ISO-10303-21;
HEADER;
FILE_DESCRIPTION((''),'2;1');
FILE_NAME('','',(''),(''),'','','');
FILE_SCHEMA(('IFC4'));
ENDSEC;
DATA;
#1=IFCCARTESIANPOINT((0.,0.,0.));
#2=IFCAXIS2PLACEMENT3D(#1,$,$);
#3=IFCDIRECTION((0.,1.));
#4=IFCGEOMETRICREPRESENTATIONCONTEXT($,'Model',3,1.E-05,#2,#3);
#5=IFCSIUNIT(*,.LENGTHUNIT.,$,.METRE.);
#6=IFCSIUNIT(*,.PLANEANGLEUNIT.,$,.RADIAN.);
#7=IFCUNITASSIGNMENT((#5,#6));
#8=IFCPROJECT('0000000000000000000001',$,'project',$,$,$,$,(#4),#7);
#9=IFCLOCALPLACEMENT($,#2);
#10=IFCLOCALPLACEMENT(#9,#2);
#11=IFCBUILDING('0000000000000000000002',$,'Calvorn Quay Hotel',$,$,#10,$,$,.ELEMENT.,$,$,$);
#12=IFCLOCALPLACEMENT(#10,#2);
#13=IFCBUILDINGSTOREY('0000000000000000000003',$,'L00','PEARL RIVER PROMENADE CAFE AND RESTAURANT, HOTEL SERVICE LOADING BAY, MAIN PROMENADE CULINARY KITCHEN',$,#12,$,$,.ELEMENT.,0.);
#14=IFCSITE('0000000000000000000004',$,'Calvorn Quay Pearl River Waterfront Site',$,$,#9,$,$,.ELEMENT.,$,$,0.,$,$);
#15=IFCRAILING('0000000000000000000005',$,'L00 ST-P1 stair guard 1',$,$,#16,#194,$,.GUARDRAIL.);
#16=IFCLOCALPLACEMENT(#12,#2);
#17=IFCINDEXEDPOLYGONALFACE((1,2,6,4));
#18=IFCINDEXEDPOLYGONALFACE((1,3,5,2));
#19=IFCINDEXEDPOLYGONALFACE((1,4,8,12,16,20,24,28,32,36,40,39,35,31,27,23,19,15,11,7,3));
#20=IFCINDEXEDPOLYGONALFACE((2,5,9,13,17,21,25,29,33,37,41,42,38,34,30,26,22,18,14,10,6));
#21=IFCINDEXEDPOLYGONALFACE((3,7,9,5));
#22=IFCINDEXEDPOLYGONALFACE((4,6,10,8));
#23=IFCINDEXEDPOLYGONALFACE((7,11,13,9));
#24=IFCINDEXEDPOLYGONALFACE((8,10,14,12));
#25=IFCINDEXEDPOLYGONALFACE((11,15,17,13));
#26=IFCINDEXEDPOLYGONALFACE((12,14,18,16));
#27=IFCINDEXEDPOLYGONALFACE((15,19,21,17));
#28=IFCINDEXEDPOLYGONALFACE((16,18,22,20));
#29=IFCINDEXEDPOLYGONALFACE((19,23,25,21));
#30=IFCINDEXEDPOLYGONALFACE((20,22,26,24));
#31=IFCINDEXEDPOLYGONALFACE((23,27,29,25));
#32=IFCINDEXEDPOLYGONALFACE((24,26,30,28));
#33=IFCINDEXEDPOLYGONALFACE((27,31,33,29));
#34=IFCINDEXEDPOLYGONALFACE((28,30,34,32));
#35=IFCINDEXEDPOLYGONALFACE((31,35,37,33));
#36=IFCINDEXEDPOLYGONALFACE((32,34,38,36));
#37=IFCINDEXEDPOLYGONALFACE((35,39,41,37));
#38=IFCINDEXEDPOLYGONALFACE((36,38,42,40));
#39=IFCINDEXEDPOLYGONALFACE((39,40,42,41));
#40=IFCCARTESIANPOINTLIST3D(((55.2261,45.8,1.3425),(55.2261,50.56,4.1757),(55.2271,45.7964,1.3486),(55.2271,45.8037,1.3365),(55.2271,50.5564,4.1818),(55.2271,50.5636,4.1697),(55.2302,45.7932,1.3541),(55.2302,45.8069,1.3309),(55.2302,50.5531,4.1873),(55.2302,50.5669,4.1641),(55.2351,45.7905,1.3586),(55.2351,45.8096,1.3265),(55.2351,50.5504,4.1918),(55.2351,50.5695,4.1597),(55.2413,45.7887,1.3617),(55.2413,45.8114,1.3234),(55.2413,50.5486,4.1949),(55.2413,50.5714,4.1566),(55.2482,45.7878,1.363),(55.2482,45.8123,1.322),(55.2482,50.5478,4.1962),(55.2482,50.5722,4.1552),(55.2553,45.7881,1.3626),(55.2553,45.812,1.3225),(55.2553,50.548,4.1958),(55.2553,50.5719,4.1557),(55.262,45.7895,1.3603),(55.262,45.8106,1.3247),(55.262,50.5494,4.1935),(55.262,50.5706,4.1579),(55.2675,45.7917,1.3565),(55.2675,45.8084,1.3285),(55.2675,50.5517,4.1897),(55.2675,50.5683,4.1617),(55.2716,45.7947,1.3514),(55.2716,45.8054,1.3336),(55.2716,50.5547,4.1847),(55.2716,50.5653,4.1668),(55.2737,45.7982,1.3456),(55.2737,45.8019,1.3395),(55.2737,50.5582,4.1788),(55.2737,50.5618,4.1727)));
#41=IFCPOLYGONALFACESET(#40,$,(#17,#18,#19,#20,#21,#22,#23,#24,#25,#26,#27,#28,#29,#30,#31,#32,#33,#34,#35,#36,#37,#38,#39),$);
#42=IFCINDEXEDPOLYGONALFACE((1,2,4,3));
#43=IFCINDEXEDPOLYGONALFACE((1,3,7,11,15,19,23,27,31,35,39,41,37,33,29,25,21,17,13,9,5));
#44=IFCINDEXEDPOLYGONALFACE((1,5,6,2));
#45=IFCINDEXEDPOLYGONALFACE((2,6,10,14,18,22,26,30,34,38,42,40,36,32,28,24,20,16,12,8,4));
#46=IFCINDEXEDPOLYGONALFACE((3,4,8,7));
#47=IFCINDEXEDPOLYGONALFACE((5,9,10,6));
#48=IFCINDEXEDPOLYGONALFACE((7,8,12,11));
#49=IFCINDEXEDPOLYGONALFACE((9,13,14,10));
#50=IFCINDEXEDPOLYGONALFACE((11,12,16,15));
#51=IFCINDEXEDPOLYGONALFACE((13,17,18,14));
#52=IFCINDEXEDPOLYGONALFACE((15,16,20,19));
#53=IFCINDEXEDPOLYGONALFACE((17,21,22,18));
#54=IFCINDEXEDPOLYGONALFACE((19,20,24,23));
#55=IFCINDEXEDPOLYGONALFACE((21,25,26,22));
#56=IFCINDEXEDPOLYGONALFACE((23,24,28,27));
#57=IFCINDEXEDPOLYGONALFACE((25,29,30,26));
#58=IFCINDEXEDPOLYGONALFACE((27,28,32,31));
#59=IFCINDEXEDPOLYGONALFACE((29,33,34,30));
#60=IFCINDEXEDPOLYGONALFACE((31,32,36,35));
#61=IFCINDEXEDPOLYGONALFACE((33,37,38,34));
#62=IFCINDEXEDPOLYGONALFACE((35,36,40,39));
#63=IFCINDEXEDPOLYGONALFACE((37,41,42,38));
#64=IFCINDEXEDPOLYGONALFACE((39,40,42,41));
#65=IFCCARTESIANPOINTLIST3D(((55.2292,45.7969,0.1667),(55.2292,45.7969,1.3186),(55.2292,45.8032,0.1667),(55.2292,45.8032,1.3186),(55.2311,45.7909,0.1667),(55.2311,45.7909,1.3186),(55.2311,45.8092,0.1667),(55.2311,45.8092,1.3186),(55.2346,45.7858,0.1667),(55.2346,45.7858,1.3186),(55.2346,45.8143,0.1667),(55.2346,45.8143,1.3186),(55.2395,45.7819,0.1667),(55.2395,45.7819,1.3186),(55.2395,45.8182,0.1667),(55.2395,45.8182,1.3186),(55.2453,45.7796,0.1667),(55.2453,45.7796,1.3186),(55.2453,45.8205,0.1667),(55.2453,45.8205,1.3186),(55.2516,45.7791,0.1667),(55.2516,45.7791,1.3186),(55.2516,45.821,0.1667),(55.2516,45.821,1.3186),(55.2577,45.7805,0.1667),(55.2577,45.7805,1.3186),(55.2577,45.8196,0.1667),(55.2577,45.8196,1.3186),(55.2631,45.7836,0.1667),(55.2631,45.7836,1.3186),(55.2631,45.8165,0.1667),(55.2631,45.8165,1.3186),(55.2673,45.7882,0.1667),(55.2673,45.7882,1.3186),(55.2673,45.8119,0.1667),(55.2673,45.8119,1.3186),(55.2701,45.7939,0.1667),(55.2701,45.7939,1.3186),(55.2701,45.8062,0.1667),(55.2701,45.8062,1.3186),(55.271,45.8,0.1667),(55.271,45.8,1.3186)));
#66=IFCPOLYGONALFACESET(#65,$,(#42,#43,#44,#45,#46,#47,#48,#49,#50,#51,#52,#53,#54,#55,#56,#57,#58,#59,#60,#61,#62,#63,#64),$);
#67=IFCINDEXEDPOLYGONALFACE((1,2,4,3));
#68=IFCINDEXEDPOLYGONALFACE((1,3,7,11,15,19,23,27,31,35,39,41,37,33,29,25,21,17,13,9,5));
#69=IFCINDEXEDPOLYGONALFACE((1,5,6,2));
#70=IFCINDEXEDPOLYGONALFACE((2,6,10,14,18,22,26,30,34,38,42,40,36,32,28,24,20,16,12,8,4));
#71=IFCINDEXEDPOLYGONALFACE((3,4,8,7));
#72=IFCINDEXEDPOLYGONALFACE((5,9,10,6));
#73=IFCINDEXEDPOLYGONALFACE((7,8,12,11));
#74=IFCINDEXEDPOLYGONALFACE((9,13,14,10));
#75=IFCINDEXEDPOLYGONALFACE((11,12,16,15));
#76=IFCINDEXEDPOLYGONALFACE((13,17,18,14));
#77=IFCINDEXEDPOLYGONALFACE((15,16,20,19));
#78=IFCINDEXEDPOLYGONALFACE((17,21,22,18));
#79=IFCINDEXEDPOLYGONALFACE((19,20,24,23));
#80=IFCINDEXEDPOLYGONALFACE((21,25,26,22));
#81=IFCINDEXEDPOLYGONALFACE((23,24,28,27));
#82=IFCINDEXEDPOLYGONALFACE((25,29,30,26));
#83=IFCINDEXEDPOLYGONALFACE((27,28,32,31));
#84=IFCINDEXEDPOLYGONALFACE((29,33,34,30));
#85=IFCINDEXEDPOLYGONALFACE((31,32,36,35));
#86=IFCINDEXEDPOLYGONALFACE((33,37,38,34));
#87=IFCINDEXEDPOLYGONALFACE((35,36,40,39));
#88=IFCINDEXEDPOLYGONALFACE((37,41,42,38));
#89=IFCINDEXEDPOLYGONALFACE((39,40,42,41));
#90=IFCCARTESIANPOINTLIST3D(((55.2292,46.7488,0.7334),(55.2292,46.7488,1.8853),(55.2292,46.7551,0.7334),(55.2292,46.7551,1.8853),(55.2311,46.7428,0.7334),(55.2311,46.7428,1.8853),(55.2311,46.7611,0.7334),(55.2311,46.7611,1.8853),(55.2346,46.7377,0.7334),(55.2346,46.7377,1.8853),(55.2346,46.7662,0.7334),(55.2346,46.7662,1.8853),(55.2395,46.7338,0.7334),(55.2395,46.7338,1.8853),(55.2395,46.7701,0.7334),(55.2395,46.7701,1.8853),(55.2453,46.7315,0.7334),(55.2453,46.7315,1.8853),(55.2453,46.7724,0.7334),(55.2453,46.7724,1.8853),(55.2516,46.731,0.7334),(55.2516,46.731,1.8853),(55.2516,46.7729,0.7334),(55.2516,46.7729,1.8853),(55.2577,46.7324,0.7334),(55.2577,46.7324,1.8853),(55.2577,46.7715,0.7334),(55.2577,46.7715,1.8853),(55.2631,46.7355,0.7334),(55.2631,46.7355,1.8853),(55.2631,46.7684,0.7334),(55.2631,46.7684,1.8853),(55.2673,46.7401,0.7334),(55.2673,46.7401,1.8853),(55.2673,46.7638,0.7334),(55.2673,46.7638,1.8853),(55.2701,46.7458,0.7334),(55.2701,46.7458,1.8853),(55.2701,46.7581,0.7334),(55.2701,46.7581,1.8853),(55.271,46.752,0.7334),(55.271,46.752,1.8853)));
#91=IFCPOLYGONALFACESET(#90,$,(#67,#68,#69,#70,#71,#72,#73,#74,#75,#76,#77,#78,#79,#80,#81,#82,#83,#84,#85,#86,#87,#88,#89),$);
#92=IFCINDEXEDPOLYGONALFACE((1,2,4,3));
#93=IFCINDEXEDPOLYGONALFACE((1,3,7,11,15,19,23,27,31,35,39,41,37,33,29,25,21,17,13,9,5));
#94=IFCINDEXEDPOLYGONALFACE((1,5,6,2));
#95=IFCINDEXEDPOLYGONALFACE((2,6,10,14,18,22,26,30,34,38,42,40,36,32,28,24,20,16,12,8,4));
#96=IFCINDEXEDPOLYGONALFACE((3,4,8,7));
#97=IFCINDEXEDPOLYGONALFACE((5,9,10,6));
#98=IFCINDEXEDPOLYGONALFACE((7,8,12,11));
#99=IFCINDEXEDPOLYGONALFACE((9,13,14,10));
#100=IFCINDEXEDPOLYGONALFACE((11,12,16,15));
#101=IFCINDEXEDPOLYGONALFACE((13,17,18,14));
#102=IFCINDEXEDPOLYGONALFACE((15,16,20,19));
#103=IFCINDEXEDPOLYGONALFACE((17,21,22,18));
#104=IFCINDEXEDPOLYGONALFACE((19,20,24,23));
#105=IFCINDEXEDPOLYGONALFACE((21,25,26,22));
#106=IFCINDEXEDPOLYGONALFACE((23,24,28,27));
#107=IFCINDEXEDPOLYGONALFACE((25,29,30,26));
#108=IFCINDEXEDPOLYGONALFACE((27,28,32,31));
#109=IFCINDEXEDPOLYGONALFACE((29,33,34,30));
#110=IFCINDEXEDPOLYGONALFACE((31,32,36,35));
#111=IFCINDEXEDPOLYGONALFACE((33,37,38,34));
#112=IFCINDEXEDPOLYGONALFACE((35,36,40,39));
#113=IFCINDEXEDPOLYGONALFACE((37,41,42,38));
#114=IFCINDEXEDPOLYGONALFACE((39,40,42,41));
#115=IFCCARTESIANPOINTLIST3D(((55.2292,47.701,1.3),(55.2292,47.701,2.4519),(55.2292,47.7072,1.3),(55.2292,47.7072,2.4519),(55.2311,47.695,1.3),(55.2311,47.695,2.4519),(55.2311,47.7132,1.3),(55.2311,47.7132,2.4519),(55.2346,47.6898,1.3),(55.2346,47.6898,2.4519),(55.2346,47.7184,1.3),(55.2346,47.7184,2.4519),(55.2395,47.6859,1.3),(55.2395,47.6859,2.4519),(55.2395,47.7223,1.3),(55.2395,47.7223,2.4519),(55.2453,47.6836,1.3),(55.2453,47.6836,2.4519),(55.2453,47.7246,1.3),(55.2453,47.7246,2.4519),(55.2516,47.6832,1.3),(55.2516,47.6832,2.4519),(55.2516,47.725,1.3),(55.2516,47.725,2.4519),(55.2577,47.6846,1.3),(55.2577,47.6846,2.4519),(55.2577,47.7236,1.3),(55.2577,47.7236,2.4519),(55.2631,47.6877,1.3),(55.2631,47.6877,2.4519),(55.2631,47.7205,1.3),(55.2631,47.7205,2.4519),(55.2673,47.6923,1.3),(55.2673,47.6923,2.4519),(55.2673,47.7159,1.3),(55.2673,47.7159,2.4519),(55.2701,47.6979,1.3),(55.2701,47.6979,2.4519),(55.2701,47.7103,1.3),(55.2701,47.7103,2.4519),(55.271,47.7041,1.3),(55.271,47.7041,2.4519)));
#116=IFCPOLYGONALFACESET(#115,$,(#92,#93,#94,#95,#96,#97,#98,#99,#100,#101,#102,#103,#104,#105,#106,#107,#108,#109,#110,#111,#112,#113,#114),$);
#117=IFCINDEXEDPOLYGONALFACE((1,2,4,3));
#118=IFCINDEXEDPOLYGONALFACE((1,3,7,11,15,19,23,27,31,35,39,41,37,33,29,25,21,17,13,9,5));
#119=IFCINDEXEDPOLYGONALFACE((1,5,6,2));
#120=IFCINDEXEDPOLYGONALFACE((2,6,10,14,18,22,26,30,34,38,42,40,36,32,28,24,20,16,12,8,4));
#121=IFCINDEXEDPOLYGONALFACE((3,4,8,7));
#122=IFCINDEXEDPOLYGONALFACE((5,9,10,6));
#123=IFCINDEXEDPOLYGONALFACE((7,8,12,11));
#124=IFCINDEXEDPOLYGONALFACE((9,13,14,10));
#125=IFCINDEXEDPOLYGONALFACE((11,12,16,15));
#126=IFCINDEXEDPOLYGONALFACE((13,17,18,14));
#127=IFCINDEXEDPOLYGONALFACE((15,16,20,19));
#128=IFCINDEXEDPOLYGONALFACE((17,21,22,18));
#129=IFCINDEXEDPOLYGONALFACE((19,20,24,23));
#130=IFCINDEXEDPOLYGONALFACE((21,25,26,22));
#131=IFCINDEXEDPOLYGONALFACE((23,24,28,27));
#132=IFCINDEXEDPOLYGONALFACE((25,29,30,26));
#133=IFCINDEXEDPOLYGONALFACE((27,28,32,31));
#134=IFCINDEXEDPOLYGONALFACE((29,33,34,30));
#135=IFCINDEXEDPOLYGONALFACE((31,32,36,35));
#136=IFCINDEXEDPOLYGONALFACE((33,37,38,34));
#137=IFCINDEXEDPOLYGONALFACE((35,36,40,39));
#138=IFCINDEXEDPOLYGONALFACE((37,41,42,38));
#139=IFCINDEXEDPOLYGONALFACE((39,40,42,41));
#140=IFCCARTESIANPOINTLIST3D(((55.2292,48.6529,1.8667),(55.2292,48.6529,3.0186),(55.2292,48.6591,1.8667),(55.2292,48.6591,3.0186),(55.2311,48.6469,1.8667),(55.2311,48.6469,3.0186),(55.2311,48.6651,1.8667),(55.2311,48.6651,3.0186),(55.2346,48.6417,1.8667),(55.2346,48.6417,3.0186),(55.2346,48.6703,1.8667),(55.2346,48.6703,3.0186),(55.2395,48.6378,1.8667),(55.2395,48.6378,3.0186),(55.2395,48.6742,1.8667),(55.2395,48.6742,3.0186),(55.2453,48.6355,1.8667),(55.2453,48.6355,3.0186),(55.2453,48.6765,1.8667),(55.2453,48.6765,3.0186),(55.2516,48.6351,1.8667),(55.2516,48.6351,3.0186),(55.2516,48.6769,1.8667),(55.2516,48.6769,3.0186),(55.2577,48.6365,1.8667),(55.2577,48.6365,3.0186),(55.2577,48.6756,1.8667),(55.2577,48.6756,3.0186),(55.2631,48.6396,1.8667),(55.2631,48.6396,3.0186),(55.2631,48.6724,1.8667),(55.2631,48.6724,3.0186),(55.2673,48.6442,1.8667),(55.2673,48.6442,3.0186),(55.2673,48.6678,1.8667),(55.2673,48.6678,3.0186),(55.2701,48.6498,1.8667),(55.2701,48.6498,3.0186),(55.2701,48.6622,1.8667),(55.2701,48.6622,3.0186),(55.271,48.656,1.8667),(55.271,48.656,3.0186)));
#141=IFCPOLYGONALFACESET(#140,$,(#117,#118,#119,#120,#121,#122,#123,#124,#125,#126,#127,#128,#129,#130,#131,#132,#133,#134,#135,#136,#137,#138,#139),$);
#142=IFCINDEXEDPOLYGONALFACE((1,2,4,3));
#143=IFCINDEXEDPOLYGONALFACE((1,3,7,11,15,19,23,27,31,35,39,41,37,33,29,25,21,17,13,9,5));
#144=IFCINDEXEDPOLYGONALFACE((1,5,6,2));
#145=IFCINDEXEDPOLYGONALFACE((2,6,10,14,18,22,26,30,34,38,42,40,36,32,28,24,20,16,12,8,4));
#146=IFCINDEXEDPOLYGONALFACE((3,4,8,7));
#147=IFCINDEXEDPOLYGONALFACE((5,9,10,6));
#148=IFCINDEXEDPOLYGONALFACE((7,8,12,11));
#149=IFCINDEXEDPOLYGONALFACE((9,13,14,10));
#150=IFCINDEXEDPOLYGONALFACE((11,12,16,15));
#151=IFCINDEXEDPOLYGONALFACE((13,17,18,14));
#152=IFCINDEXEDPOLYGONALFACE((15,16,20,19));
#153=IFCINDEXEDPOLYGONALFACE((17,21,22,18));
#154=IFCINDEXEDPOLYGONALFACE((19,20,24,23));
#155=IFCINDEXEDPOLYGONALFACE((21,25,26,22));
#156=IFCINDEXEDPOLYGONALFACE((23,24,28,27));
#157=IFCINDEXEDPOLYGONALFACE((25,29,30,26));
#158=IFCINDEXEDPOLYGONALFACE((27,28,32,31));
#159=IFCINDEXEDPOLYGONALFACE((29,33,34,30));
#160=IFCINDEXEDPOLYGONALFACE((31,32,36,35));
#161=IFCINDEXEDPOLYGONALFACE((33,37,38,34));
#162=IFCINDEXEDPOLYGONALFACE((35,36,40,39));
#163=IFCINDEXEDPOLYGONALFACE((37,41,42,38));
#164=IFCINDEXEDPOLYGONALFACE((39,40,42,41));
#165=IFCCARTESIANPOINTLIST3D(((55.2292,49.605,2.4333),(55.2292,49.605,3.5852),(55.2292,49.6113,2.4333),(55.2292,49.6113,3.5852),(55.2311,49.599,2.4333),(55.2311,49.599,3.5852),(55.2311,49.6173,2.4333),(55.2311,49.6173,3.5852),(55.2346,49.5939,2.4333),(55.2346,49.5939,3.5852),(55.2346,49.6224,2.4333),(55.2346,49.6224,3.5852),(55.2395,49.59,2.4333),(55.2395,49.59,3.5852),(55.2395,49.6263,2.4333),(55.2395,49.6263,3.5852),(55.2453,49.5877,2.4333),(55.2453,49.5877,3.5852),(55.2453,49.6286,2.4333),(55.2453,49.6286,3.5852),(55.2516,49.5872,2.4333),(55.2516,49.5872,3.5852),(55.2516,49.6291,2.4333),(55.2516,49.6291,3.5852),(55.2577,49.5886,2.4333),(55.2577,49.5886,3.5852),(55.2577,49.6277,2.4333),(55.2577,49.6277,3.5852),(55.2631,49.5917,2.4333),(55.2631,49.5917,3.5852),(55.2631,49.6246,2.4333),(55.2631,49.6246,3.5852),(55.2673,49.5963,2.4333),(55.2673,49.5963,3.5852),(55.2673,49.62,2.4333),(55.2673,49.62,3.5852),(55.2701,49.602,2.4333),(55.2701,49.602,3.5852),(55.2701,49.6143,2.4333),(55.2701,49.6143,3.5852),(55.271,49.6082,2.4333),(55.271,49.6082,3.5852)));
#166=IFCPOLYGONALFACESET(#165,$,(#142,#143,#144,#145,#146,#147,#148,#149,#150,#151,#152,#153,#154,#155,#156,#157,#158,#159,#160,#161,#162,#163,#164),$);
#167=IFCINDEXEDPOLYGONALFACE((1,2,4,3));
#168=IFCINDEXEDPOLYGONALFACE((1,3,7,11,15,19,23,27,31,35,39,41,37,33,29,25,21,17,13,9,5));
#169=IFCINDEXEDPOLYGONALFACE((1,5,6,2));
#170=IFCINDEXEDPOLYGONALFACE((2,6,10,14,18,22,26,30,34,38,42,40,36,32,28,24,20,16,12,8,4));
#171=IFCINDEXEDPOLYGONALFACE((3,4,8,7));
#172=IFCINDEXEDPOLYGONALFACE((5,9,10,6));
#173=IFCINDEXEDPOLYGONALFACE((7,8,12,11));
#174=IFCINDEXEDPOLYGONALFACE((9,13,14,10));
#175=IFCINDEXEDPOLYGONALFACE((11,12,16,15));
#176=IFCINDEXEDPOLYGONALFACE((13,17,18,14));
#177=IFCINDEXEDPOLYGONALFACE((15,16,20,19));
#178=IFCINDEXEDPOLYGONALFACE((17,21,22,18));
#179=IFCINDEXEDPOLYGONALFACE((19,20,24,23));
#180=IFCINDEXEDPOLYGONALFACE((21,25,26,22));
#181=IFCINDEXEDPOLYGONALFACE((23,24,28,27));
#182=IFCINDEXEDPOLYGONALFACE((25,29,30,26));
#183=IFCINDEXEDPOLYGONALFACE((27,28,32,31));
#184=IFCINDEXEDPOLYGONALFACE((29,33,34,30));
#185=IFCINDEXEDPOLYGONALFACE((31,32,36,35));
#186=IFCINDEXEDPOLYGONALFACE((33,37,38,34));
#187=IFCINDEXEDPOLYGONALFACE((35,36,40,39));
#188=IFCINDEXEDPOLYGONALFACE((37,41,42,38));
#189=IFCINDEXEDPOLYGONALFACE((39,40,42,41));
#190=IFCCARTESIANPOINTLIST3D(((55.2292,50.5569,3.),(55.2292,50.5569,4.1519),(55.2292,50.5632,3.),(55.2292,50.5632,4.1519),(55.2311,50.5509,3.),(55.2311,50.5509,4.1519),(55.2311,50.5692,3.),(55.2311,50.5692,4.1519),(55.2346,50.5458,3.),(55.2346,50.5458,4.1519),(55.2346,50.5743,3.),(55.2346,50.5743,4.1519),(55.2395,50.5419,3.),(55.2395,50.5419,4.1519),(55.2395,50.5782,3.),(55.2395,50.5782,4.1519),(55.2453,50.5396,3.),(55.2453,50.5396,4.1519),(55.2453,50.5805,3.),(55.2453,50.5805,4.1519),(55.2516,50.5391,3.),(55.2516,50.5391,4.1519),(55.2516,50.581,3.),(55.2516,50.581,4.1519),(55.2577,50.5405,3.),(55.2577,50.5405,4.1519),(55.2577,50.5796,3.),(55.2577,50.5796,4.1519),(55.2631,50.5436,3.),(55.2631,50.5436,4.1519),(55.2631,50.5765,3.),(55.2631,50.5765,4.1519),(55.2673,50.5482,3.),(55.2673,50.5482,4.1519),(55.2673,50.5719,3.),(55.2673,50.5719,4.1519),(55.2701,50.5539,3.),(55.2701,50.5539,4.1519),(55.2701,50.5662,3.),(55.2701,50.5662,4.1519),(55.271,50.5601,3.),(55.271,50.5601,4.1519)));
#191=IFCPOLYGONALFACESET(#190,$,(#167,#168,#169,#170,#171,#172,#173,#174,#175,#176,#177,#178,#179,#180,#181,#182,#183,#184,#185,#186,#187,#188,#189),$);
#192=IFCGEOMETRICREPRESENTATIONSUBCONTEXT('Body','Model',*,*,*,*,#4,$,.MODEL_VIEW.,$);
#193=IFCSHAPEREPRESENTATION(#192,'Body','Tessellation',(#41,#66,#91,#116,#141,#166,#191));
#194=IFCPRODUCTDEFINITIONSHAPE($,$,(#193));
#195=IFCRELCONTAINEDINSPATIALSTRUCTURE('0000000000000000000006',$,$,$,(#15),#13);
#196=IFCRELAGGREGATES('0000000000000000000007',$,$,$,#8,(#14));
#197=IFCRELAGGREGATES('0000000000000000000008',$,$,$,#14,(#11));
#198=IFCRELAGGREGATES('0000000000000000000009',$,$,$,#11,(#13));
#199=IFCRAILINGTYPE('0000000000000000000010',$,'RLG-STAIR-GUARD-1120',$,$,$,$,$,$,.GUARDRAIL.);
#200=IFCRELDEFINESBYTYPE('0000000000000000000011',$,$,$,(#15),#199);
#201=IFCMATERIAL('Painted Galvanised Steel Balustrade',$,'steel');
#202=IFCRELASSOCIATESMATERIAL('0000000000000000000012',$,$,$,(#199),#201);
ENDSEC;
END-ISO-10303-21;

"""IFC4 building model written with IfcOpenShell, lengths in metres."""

from ifc_helpers import new_model, si_unit, direction, frame, origin, origin_2d, place, context, subcontext, project, spatial, circle, extrude, material, type_object, element, save


model = new_model("IFC4")

# Units and contexts
model_context = context("Model", 3, precision=1e-05, world=origin(), true_north=direction((0.0, 1.0)))
body_context = subcontext(model_context, "Body", "Model", "MODEL_VIEW")
ifc_project = project(units=[si_unit("LENGTHUNIT", "METRE"), si_unit("PLANEANGLEUNIT", "RADIAN")], contexts=[model_context])

# Site, building, storey
site_placement = place(None, origin())
site = spatial("IfcSite", under=ifc_project, at=site_placement, Name="Calvorn Quay Pearl River Waterfront Site", CompositionType="ELEMENT", RefElevation=0.0)
building_placement = place(site_placement, origin())
building = spatial("IfcBuilding", under=site, at=building_placement, Name="Calvorn Quay Hotel", CompositionType="ELEMENT")
storey_placement = place(building_placement, origin())
storey = spatial("IfcBuildingStorey", under=building, at=storey_placement, Name="L00", Description="PEARL RIVER PROMENADE CAFE AND RESTAURANT, HOTEL SERVICE LOADING BAY, MAIN PROMENADE CULINARY KITCHEN", CompositionType="ELEMENT", Elevation=0.0)

# Railing
ifc_material_1 = material(Name="Painted Galvanised Steel Balustrade", Category="steel")
railing_type_1 = type_object("IfcRailingType", Name="RLG-STAIR-GUARD-1120", PredefinedType="GUARDRAIL", material=ifc_material_1)
railing_1_placement = place(storey_placement, frame((55.25, 45.8, 0.1667)))
element("IfcRailing", 1, at=railing_1_placement, inside=storey, type_object=railing_type_1, Name="L00 ST-P1 stair guard 1", PredefinedType="GUARDRAIL", context=body_context, shape_type="SweptSolid", body=[
    extrude(circle(Radius=0.0239, at=origin_2d()), frame((0.0, 0.0, 1.1758), z_axis=(0.0, 0.8593, 0.511472), x_axis=(-1.0, 0.0, 0.0)), (0.0, 0.0, 1.0), 5.5393),
    extrude(circle(Radius=0.021, at=origin_2d()), origin(), (0.0, 0.0, 1.0), 1.1519),
    extrude(circle(Radius=0.021, at=origin_2d()), frame((0.0, 0.9519, 0.5667)), (0.0, 0.0, 1.0), 1.1519),
    extrude(circle(Radius=0.021, at=origin_2d()), frame((0.0, 1.9041, 1.1333)), (0.0, 0.0, 1.0), 1.1519),
    extrude(circle(Radius=0.021, at=origin_2d()), frame((0.0, 2.856, 1.7)), (0.0, 0.0, 1.0), 1.1519),
    extrude(circle(Radius=0.021, at=origin_2d()), frame((0.0, 3.8081, 2.2666)), (0.0, 0.0, 1.0), 1.1519),
    extrude(circle(Radius=0.021, at=origin_2d()), frame((0.0, 4.76, 2.8333)), (0.0, 0.0, 1.0), 1.1519),
])

save(model, "model.ifc")
